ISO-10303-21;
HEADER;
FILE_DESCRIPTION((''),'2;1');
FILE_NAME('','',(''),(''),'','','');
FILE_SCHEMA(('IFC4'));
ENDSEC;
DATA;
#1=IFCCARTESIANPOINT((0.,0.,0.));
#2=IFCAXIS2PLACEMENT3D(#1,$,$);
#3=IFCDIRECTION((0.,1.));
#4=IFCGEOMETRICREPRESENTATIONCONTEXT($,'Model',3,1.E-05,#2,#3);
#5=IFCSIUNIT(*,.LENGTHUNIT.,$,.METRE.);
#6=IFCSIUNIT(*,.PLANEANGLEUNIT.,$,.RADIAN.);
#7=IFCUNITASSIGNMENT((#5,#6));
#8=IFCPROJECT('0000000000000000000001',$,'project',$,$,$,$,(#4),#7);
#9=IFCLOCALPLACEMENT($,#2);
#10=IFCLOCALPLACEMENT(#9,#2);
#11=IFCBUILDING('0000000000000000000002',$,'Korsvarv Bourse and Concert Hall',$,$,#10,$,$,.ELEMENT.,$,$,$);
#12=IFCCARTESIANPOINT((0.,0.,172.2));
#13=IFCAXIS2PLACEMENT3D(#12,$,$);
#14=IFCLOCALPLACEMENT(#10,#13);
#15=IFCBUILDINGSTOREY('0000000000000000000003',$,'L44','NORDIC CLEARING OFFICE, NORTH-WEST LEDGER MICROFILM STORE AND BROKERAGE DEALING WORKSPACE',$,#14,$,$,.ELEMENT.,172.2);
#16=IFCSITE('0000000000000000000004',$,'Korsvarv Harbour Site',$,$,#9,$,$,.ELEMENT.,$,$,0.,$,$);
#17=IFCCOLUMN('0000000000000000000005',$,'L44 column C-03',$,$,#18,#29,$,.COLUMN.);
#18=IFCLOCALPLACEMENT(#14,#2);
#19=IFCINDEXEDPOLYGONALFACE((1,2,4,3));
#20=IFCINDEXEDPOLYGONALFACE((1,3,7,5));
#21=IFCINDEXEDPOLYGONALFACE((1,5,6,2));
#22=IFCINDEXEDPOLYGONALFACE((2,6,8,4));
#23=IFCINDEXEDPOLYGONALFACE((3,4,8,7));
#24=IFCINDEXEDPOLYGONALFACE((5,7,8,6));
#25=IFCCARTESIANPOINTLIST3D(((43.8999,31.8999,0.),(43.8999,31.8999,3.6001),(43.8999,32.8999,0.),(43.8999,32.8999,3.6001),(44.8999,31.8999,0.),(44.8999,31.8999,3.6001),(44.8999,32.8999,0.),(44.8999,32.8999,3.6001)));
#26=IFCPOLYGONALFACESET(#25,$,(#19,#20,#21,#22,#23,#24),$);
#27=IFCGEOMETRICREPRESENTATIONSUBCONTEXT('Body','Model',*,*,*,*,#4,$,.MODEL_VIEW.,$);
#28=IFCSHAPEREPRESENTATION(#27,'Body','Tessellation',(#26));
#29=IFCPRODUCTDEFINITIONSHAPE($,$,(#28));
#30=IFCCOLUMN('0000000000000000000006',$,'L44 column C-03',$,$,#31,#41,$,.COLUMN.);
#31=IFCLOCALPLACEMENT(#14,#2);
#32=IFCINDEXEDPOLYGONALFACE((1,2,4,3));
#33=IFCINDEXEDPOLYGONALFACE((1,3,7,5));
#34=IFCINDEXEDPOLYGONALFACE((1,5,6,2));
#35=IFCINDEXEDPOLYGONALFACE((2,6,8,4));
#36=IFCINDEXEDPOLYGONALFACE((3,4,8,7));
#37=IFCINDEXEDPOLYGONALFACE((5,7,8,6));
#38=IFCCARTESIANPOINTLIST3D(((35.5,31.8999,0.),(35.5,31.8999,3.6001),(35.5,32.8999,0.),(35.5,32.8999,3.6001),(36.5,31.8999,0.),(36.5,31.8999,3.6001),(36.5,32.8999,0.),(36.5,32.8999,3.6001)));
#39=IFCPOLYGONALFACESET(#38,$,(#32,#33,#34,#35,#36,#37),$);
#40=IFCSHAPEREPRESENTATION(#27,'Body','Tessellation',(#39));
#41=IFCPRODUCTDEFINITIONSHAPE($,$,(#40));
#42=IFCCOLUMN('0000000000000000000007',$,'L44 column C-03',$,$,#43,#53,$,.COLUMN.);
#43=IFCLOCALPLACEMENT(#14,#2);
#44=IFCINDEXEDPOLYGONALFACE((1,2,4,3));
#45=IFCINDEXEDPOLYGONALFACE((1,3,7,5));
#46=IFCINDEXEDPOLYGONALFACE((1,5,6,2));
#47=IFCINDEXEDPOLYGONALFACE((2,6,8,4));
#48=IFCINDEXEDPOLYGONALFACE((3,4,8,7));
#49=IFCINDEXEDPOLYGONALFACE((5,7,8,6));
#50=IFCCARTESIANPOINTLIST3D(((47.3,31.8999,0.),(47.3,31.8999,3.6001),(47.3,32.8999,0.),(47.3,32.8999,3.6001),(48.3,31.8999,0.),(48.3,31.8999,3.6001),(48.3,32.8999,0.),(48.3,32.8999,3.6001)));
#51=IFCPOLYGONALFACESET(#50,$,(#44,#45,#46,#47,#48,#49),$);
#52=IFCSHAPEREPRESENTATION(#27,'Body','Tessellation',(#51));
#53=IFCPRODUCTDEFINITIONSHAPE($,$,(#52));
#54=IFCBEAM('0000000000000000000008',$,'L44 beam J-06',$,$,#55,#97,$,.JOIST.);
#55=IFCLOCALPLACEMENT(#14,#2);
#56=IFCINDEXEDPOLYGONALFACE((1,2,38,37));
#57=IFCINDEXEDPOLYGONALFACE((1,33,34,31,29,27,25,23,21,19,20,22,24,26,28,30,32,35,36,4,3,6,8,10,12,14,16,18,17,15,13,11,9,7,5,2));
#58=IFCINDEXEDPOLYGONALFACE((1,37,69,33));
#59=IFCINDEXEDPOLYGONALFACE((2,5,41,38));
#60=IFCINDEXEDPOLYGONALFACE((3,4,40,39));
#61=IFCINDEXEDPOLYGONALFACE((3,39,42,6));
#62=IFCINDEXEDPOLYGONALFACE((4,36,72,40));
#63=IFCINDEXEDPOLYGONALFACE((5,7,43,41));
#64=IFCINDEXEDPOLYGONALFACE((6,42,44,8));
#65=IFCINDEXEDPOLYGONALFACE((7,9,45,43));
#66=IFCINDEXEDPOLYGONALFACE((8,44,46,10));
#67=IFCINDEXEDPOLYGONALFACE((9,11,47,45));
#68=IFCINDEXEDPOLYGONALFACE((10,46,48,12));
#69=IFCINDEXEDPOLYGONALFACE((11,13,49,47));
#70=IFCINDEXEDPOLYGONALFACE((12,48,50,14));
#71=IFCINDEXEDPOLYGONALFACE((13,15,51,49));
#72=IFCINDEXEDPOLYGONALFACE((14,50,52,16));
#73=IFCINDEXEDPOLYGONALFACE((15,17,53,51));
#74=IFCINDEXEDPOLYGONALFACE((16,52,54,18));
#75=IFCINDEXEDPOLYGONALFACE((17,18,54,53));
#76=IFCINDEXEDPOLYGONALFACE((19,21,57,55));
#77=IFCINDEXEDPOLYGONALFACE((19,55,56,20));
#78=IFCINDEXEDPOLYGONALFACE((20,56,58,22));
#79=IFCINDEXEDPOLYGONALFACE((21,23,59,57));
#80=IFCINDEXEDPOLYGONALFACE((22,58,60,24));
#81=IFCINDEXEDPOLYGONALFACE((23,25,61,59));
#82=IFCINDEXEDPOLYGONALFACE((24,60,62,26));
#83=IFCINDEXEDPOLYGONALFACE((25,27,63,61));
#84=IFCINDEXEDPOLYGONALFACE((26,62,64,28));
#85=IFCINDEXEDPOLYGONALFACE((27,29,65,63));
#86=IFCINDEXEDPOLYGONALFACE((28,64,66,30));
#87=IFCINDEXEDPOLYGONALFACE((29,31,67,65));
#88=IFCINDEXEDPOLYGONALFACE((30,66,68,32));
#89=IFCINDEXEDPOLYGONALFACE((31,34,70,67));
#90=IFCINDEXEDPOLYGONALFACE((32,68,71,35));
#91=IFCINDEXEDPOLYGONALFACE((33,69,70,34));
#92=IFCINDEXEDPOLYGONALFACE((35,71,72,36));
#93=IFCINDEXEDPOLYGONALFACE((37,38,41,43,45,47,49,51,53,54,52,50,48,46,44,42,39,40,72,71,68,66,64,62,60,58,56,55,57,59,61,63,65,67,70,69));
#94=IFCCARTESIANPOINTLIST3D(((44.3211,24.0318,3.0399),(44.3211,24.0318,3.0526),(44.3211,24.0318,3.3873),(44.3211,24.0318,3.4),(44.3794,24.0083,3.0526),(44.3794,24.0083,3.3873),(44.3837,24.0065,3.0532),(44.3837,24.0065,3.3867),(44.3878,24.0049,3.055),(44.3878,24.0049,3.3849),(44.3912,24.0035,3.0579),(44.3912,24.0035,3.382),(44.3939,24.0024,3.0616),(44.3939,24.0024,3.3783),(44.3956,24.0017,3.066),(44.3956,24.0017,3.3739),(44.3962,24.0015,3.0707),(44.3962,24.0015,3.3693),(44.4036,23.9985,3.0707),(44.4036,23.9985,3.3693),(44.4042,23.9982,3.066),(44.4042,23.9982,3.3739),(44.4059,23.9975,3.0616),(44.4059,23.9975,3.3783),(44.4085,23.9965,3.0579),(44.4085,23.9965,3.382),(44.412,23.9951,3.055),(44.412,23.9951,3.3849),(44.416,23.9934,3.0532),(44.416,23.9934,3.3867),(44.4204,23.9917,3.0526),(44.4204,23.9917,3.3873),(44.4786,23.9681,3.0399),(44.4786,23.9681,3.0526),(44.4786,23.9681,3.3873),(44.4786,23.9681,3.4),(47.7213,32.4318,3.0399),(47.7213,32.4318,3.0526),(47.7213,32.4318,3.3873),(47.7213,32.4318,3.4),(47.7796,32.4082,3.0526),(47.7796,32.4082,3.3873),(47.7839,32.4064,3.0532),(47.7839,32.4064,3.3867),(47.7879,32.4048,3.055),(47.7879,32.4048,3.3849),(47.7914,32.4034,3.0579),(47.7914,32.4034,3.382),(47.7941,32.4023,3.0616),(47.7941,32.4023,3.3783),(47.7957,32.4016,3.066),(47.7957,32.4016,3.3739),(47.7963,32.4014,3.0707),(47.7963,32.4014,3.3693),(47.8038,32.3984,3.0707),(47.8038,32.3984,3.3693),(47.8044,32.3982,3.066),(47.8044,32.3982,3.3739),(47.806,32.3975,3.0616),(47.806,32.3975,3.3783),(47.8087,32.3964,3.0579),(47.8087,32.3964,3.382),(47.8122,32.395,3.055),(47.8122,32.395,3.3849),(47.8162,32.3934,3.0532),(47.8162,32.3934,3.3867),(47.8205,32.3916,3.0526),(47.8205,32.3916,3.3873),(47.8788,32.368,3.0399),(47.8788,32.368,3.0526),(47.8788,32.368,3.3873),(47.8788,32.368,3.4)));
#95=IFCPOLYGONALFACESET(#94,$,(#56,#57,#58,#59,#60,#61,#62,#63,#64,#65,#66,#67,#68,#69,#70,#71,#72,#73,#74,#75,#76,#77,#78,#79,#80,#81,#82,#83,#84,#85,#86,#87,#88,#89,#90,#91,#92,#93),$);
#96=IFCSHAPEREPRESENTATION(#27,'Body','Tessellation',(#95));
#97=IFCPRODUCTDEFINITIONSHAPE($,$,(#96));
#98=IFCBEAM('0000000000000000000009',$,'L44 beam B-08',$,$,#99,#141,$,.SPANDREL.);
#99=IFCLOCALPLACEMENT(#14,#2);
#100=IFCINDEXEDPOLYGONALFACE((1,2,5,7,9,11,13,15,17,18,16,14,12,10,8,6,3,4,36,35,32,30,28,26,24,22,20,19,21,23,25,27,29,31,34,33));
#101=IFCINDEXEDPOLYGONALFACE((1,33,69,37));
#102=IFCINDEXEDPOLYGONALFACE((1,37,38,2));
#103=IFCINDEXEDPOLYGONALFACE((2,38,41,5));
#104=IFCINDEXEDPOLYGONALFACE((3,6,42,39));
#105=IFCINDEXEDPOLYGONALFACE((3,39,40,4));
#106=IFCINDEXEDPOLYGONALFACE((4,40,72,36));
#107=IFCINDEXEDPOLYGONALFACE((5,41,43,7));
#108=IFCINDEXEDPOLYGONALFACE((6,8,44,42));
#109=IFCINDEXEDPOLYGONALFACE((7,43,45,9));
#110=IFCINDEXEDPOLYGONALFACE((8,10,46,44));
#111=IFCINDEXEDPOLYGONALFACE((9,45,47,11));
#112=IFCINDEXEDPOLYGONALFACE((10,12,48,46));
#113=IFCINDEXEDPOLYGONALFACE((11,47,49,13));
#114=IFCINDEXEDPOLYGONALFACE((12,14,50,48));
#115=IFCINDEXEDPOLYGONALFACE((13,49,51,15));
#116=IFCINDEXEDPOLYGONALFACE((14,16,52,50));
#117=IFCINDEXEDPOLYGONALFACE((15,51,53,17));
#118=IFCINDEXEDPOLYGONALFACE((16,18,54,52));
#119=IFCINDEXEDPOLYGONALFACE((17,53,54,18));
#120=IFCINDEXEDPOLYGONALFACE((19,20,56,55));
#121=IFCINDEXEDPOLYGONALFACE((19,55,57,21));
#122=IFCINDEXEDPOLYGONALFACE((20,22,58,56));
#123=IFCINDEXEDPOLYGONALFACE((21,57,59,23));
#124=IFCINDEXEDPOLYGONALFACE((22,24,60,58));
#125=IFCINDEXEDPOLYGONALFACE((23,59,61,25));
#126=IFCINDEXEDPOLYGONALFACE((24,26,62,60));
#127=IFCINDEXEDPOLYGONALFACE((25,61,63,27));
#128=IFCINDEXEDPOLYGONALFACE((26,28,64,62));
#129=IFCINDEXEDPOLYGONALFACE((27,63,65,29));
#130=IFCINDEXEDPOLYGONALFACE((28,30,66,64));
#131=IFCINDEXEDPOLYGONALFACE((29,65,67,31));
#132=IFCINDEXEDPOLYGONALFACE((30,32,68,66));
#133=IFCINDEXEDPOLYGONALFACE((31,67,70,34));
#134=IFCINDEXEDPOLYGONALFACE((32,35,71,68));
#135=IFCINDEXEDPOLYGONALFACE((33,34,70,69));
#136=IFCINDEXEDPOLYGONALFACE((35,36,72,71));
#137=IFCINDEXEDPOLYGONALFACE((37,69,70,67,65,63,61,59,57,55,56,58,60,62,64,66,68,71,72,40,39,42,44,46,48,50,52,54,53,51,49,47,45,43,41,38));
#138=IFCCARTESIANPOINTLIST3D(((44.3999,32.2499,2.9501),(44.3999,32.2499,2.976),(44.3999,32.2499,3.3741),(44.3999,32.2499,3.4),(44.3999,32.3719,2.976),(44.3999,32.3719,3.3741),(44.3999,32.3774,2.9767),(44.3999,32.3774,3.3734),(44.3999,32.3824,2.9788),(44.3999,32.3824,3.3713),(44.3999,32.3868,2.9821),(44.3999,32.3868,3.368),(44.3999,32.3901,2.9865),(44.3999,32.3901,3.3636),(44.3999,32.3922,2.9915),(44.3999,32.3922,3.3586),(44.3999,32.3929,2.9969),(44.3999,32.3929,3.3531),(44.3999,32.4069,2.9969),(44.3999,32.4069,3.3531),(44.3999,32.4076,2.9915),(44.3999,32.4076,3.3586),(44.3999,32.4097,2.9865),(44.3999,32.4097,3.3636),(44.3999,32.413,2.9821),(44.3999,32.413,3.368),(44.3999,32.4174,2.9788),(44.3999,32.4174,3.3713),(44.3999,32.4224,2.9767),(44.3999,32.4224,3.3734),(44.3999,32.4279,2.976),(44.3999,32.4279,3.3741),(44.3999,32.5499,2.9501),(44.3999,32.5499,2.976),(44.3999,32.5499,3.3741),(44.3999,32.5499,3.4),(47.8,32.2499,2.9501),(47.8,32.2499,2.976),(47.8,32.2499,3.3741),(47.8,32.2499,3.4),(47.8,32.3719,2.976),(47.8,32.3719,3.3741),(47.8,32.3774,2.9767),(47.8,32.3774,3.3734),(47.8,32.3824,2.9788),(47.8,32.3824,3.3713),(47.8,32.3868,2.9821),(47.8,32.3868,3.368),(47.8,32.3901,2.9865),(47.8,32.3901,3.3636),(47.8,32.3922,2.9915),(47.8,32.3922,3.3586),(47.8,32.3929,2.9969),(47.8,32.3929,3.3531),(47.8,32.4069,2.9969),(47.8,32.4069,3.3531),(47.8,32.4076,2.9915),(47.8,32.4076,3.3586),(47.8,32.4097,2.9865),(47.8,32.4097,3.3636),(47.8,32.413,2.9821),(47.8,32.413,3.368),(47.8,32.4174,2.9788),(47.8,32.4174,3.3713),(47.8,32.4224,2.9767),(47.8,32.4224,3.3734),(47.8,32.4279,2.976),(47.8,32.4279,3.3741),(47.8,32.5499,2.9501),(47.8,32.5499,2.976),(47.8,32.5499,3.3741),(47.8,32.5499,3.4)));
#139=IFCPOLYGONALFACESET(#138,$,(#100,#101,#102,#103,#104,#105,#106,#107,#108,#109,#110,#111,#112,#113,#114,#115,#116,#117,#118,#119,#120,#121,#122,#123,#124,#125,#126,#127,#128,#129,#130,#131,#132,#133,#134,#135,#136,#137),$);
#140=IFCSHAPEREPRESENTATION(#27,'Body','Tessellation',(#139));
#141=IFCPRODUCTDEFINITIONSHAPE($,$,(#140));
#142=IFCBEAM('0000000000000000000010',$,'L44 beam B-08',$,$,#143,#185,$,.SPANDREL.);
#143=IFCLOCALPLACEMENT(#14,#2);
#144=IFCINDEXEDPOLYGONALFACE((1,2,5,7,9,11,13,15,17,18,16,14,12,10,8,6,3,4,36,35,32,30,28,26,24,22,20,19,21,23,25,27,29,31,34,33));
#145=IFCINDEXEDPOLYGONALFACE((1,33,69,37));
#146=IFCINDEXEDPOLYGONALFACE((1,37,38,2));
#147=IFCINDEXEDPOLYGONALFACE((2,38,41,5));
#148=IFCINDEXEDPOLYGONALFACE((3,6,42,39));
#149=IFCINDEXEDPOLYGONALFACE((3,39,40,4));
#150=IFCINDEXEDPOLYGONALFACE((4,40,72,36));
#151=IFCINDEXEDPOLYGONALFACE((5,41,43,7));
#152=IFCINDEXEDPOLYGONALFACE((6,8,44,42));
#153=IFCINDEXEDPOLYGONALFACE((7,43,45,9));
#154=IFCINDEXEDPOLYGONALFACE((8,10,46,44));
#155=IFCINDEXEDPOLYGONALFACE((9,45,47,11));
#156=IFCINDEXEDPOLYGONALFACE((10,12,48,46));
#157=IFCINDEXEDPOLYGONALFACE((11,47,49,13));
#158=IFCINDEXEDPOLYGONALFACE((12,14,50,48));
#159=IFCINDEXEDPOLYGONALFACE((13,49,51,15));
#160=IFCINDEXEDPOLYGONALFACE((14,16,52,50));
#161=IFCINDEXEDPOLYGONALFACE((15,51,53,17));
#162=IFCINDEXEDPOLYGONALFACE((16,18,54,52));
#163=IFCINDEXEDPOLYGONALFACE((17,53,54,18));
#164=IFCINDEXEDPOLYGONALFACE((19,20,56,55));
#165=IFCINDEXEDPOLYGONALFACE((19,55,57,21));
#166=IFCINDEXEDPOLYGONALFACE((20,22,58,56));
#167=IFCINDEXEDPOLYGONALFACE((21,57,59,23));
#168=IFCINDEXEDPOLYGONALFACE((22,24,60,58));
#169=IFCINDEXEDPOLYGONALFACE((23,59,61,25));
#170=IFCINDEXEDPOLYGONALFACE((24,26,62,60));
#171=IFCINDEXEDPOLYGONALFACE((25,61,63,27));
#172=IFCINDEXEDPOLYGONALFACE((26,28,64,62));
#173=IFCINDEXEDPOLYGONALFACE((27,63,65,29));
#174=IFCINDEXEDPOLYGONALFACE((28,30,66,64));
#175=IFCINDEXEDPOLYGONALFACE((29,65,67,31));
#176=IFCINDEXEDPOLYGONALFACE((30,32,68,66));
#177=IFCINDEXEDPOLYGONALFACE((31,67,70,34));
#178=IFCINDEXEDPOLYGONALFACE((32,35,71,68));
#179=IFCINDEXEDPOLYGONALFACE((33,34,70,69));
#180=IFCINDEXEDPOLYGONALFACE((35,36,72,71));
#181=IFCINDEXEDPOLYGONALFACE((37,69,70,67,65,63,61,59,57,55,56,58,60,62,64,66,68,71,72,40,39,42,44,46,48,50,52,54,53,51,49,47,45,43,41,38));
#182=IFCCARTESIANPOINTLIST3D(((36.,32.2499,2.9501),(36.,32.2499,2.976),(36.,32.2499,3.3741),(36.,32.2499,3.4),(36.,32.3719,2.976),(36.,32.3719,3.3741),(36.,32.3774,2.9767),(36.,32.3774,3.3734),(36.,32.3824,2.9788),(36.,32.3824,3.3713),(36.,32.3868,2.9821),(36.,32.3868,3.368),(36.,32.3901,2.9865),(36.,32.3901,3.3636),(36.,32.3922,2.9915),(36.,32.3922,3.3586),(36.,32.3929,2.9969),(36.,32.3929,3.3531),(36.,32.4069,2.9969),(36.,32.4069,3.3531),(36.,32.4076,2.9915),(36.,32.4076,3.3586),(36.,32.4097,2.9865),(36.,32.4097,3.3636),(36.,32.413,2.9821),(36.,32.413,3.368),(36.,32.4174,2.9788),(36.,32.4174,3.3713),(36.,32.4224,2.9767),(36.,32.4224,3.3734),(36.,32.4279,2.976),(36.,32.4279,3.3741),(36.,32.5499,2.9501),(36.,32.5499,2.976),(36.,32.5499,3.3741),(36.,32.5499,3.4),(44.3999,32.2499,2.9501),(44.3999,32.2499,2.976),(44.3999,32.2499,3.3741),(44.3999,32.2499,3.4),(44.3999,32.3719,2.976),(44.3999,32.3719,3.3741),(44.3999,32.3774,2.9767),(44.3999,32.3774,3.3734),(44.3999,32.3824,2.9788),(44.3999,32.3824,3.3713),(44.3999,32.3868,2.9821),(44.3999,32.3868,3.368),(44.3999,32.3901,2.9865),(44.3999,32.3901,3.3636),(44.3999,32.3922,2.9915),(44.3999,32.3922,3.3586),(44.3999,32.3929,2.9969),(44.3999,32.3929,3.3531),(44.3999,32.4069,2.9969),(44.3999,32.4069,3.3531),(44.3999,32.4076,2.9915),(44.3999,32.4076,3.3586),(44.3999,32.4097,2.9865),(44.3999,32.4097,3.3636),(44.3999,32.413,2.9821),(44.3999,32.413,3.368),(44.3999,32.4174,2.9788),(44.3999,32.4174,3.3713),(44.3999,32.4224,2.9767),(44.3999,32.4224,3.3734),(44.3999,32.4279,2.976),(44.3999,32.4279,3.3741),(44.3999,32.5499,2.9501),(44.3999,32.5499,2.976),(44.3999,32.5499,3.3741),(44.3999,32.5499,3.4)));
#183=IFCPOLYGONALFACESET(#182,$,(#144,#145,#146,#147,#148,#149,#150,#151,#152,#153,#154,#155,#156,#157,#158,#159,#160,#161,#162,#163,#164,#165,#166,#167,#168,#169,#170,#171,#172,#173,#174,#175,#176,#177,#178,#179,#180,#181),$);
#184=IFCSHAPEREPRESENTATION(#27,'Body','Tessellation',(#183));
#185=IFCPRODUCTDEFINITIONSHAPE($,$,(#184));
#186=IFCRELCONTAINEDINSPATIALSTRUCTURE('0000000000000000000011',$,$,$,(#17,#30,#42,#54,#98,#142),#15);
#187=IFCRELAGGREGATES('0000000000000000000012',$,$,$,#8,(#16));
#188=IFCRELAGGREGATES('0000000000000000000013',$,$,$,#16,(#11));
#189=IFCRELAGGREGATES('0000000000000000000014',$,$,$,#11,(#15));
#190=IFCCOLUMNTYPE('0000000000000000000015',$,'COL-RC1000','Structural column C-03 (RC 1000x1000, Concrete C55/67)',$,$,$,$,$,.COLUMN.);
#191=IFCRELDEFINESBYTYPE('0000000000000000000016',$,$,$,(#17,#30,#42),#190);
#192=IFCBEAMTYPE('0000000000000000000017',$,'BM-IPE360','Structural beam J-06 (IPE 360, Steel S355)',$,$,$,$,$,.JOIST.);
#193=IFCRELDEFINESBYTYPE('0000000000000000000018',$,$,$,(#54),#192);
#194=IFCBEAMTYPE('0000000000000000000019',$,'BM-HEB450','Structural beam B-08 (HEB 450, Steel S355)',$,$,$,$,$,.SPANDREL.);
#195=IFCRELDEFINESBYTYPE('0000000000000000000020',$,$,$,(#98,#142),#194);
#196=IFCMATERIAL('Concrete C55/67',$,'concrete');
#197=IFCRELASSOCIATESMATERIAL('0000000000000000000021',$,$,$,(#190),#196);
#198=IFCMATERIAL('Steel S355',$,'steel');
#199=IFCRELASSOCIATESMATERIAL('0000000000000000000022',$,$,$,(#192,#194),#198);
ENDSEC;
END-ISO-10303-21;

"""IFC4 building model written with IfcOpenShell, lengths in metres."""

from ifc_helpers import new_model, si_unit, direction, frame, origin, origin_2d, place, context, subcontext, project, spatial, rectangle, i_section, extrude, source, transform, mapped, material, material_profile, profile_set, type_object, element, save


model = new_model("IFC4")

# Units and contexts
model_context = context("Model", 3, precision=1e-05, world=origin(), true_north=direction((0.0, 1.0)))
body_context = subcontext(model_context, "Body", "Model", "MODEL_VIEW")
ifc_project = project(units=[si_unit("LENGTHUNIT", "METRE"), si_unit("PLANEANGLEUNIT", "RADIAN")], contexts=[model_context])

# Site, building, storey
site_placement = place(None, origin())
site = spatial("IfcSite", under=ifc_project, at=site_placement, Name="Korsvarv Harbour Site", CompositionType="ELEMENT", RefElevation=0.0)
building_placement = place(site_placement, origin())
building = spatial("IfcBuilding", under=site, at=building_placement, Name="Korsvarv Bourse and Concert Hall", CompositionType="ELEMENT")
storey_placement = place(building_placement, frame((0.0, 0.0, 172.2)))
storey = spatial("IfcBuildingStorey", under=building, at=storey_placement, Name="L44", Description="NORDIC CLEARING OFFICE, NORTH-WEST LEDGER MICROFILM STORE AND BROKERAGE DEALING WORKSPACE", CompositionType="ELEMENT", Elevation=172.2)

# Columns
ifc_material_1 = material(Name="Concrete C55/67", Category="concrete")
ifc_material_profile_1 = material_profile(ifc_material_1, rectangle(XDim=1.0, YDim=1.0, at=origin_2d()), Name="RC 1000x1000")
ifc_profile_set_1 = profile_set([ifc_material_profile_1], Name="Concrete C55/67")
column_type = type_object("IfcColumnType", Name="COL-RC1000", Description="Structural column C-03 (RC 1000x1000, Concrete C55/67)", PredefinedType="COLUMN", material=ifc_profile_set_1)
shared_shape_1 = source(origin(), body_context, "Body", "SweptSolid", [
    extrude(rectangle(XDim=1.0, YDim=1.0, at=origin_2d()), origin(), (0.0, 0.0, 1.0), 3.6001),
])
for number, where, z_axis, x_axis, name in (
    (1, (44.3999, 32.3999, 0.0), (0.0, 0.0, 1.0), (1.0, 0.0, 0.0), "L44 column C-03"),
    (2, (36.0, 32.3999, 0.0), (0.0, 0.0, 1.0), (1.0, 0.0, 0.0), "L44 column C-03"),
    (3, (47.8, 32.3999, 0.0), (0.0, 0.0, 1.0), (1.0, 0.0, 0.0), "L44 column C-03"),
):
    element("IfcColumn", number, at=place(storey_placement, frame(where, z_axis=z_axis, x_axis=x_axis)), inside=storey, type_object=column_type, Name=name, PredefinedType="COLUMN", context=body_context, shape_type="MappedRepresentation", body=[
        mapped(shared_shape_1, transform((0.0, 0.0, 0.0), scale=1.0)),
    ])

# Beams
ifc_material_2 = material(Name="Steel S355", Category="steel")
ifc_material_profile_2 = material_profile(ifc_material_2, i_section(OverallWidth=0.1699, OverallDepth=0.3601, WebThickness=0.0081, FlangeThickness=0.0127, FilletRadius=0.0181, at=origin_2d()), Name="IPE 360")
ifc_profile_set_2 = profile_set([ifc_material_profile_2], Name="Steel S355")
beam_type_1 = type_object("IfcBeamType", Name="BM-IPE360", Description="Structural beam J-06 (IPE 360, Steel S355)", PredefinedType="JOIST", material=ifc_profile_set_2)
shared_shape_2 = source(origin(), body_context, "Body", "SweptSolid", [
    extrude(i_section(OverallWidth=0.1699, OverallDepth=0.3601, WebThickness=0.0081, FlangeThickness=0.0127, FilletRadius=0.0181, at=origin_2d()), origin(), (0.0, 0.0, 1.0), 9.062),
])
beam_1_placement = place(storey_placement, frame((47.8, 32.3999, 3.22), z_axis=(-0.37521, -0.92694, 0.0), x_axis=(0.92694, -0.37521, 0.0)))
element("IfcBeam", 4, at=beam_1_placement, inside=storey, type_object=beam_type_1, Name="L44 beam J-06", PredefinedType="JOIST", context=body_context, shape_type="MappedRepresentation", body=[
    mapped(shared_shape_2, transform((0.0, 0.0, 0.0), scale=1.0)),
])
ifc_material_profile_3 = material_profile(ifc_material_2, i_section(OverallWidth=0.3, OverallDepth=0.45, WebThickness=0.0139, FlangeThickness=0.0259, FilletRadius=0.021, at=origin_2d()), Name="HEB 450")
ifc_profile_set_3 = profile_set([ifc_material_profile_3], Name="Steel S355")
beam_type_2 = type_object("IfcBeamType", Name="BM-HEB450", Description="Structural beam B-08 (HEB 450, Steel S355)", PredefinedType="SPANDREL", material=ifc_profile_set_3)
shared_shape_3 = source(origin(), body_context, "Body", "SweptSolid", [
    extrude(i_section(OverallWidth=0.3, OverallDepth=0.45, WebThickness=0.0139, FlangeThickness=0.0259, FilletRadius=0.021, at=origin_2d()), origin(), (0.0, 0.0, 1.0), 3.4001),
])
beam_2_placement = place(storey_placement, frame((44.3999, 32.3999, 3.175), z_axis=(1.0, 0.0, 0.0), x_axis=(0.0, 1.0, 0.0)))
element("IfcBeam", 5, at=beam_2_placement, inside=storey, type_object=beam_type_2, Name="L44 beam B-08", PredefinedType="SPANDREL", context=body_context, shape_type="MappedRepresentation", body=[
    mapped(shared_shape_3, transform((0.0, 0.0, 0.0), scale=1.0)),
])
shared_shape_4 = source(origin(), body_context, "Body", "SweptSolid", [
    extrude(i_section(OverallWidth=0.3, OverallDepth=0.45, WebThickness=0.0139, FlangeThickness=0.0259, FilletRadius=0.021, at=origin_2d()), origin(), (0.0, 0.0, 1.0), 8.3999),
])
beam_3_placement = place(storey_placement, frame((36.0, 32.3999, 3.175), z_axis=(1.0, 0.0, 0.0), x_axis=(0.0, 1.0, 0.0)))
element("IfcBeam", 6, at=beam_3_placement, inside=storey, type_object=beam_type_2, Name="L44 beam B-08", PredefinedType="SPANDREL", context=body_context, shape_type="MappedRepresentation", body=[
    mapped(shared_shape_4, transform((0.0, 0.0, 0.0), scale=1.0)),
])

save(model, "model.ifc")
